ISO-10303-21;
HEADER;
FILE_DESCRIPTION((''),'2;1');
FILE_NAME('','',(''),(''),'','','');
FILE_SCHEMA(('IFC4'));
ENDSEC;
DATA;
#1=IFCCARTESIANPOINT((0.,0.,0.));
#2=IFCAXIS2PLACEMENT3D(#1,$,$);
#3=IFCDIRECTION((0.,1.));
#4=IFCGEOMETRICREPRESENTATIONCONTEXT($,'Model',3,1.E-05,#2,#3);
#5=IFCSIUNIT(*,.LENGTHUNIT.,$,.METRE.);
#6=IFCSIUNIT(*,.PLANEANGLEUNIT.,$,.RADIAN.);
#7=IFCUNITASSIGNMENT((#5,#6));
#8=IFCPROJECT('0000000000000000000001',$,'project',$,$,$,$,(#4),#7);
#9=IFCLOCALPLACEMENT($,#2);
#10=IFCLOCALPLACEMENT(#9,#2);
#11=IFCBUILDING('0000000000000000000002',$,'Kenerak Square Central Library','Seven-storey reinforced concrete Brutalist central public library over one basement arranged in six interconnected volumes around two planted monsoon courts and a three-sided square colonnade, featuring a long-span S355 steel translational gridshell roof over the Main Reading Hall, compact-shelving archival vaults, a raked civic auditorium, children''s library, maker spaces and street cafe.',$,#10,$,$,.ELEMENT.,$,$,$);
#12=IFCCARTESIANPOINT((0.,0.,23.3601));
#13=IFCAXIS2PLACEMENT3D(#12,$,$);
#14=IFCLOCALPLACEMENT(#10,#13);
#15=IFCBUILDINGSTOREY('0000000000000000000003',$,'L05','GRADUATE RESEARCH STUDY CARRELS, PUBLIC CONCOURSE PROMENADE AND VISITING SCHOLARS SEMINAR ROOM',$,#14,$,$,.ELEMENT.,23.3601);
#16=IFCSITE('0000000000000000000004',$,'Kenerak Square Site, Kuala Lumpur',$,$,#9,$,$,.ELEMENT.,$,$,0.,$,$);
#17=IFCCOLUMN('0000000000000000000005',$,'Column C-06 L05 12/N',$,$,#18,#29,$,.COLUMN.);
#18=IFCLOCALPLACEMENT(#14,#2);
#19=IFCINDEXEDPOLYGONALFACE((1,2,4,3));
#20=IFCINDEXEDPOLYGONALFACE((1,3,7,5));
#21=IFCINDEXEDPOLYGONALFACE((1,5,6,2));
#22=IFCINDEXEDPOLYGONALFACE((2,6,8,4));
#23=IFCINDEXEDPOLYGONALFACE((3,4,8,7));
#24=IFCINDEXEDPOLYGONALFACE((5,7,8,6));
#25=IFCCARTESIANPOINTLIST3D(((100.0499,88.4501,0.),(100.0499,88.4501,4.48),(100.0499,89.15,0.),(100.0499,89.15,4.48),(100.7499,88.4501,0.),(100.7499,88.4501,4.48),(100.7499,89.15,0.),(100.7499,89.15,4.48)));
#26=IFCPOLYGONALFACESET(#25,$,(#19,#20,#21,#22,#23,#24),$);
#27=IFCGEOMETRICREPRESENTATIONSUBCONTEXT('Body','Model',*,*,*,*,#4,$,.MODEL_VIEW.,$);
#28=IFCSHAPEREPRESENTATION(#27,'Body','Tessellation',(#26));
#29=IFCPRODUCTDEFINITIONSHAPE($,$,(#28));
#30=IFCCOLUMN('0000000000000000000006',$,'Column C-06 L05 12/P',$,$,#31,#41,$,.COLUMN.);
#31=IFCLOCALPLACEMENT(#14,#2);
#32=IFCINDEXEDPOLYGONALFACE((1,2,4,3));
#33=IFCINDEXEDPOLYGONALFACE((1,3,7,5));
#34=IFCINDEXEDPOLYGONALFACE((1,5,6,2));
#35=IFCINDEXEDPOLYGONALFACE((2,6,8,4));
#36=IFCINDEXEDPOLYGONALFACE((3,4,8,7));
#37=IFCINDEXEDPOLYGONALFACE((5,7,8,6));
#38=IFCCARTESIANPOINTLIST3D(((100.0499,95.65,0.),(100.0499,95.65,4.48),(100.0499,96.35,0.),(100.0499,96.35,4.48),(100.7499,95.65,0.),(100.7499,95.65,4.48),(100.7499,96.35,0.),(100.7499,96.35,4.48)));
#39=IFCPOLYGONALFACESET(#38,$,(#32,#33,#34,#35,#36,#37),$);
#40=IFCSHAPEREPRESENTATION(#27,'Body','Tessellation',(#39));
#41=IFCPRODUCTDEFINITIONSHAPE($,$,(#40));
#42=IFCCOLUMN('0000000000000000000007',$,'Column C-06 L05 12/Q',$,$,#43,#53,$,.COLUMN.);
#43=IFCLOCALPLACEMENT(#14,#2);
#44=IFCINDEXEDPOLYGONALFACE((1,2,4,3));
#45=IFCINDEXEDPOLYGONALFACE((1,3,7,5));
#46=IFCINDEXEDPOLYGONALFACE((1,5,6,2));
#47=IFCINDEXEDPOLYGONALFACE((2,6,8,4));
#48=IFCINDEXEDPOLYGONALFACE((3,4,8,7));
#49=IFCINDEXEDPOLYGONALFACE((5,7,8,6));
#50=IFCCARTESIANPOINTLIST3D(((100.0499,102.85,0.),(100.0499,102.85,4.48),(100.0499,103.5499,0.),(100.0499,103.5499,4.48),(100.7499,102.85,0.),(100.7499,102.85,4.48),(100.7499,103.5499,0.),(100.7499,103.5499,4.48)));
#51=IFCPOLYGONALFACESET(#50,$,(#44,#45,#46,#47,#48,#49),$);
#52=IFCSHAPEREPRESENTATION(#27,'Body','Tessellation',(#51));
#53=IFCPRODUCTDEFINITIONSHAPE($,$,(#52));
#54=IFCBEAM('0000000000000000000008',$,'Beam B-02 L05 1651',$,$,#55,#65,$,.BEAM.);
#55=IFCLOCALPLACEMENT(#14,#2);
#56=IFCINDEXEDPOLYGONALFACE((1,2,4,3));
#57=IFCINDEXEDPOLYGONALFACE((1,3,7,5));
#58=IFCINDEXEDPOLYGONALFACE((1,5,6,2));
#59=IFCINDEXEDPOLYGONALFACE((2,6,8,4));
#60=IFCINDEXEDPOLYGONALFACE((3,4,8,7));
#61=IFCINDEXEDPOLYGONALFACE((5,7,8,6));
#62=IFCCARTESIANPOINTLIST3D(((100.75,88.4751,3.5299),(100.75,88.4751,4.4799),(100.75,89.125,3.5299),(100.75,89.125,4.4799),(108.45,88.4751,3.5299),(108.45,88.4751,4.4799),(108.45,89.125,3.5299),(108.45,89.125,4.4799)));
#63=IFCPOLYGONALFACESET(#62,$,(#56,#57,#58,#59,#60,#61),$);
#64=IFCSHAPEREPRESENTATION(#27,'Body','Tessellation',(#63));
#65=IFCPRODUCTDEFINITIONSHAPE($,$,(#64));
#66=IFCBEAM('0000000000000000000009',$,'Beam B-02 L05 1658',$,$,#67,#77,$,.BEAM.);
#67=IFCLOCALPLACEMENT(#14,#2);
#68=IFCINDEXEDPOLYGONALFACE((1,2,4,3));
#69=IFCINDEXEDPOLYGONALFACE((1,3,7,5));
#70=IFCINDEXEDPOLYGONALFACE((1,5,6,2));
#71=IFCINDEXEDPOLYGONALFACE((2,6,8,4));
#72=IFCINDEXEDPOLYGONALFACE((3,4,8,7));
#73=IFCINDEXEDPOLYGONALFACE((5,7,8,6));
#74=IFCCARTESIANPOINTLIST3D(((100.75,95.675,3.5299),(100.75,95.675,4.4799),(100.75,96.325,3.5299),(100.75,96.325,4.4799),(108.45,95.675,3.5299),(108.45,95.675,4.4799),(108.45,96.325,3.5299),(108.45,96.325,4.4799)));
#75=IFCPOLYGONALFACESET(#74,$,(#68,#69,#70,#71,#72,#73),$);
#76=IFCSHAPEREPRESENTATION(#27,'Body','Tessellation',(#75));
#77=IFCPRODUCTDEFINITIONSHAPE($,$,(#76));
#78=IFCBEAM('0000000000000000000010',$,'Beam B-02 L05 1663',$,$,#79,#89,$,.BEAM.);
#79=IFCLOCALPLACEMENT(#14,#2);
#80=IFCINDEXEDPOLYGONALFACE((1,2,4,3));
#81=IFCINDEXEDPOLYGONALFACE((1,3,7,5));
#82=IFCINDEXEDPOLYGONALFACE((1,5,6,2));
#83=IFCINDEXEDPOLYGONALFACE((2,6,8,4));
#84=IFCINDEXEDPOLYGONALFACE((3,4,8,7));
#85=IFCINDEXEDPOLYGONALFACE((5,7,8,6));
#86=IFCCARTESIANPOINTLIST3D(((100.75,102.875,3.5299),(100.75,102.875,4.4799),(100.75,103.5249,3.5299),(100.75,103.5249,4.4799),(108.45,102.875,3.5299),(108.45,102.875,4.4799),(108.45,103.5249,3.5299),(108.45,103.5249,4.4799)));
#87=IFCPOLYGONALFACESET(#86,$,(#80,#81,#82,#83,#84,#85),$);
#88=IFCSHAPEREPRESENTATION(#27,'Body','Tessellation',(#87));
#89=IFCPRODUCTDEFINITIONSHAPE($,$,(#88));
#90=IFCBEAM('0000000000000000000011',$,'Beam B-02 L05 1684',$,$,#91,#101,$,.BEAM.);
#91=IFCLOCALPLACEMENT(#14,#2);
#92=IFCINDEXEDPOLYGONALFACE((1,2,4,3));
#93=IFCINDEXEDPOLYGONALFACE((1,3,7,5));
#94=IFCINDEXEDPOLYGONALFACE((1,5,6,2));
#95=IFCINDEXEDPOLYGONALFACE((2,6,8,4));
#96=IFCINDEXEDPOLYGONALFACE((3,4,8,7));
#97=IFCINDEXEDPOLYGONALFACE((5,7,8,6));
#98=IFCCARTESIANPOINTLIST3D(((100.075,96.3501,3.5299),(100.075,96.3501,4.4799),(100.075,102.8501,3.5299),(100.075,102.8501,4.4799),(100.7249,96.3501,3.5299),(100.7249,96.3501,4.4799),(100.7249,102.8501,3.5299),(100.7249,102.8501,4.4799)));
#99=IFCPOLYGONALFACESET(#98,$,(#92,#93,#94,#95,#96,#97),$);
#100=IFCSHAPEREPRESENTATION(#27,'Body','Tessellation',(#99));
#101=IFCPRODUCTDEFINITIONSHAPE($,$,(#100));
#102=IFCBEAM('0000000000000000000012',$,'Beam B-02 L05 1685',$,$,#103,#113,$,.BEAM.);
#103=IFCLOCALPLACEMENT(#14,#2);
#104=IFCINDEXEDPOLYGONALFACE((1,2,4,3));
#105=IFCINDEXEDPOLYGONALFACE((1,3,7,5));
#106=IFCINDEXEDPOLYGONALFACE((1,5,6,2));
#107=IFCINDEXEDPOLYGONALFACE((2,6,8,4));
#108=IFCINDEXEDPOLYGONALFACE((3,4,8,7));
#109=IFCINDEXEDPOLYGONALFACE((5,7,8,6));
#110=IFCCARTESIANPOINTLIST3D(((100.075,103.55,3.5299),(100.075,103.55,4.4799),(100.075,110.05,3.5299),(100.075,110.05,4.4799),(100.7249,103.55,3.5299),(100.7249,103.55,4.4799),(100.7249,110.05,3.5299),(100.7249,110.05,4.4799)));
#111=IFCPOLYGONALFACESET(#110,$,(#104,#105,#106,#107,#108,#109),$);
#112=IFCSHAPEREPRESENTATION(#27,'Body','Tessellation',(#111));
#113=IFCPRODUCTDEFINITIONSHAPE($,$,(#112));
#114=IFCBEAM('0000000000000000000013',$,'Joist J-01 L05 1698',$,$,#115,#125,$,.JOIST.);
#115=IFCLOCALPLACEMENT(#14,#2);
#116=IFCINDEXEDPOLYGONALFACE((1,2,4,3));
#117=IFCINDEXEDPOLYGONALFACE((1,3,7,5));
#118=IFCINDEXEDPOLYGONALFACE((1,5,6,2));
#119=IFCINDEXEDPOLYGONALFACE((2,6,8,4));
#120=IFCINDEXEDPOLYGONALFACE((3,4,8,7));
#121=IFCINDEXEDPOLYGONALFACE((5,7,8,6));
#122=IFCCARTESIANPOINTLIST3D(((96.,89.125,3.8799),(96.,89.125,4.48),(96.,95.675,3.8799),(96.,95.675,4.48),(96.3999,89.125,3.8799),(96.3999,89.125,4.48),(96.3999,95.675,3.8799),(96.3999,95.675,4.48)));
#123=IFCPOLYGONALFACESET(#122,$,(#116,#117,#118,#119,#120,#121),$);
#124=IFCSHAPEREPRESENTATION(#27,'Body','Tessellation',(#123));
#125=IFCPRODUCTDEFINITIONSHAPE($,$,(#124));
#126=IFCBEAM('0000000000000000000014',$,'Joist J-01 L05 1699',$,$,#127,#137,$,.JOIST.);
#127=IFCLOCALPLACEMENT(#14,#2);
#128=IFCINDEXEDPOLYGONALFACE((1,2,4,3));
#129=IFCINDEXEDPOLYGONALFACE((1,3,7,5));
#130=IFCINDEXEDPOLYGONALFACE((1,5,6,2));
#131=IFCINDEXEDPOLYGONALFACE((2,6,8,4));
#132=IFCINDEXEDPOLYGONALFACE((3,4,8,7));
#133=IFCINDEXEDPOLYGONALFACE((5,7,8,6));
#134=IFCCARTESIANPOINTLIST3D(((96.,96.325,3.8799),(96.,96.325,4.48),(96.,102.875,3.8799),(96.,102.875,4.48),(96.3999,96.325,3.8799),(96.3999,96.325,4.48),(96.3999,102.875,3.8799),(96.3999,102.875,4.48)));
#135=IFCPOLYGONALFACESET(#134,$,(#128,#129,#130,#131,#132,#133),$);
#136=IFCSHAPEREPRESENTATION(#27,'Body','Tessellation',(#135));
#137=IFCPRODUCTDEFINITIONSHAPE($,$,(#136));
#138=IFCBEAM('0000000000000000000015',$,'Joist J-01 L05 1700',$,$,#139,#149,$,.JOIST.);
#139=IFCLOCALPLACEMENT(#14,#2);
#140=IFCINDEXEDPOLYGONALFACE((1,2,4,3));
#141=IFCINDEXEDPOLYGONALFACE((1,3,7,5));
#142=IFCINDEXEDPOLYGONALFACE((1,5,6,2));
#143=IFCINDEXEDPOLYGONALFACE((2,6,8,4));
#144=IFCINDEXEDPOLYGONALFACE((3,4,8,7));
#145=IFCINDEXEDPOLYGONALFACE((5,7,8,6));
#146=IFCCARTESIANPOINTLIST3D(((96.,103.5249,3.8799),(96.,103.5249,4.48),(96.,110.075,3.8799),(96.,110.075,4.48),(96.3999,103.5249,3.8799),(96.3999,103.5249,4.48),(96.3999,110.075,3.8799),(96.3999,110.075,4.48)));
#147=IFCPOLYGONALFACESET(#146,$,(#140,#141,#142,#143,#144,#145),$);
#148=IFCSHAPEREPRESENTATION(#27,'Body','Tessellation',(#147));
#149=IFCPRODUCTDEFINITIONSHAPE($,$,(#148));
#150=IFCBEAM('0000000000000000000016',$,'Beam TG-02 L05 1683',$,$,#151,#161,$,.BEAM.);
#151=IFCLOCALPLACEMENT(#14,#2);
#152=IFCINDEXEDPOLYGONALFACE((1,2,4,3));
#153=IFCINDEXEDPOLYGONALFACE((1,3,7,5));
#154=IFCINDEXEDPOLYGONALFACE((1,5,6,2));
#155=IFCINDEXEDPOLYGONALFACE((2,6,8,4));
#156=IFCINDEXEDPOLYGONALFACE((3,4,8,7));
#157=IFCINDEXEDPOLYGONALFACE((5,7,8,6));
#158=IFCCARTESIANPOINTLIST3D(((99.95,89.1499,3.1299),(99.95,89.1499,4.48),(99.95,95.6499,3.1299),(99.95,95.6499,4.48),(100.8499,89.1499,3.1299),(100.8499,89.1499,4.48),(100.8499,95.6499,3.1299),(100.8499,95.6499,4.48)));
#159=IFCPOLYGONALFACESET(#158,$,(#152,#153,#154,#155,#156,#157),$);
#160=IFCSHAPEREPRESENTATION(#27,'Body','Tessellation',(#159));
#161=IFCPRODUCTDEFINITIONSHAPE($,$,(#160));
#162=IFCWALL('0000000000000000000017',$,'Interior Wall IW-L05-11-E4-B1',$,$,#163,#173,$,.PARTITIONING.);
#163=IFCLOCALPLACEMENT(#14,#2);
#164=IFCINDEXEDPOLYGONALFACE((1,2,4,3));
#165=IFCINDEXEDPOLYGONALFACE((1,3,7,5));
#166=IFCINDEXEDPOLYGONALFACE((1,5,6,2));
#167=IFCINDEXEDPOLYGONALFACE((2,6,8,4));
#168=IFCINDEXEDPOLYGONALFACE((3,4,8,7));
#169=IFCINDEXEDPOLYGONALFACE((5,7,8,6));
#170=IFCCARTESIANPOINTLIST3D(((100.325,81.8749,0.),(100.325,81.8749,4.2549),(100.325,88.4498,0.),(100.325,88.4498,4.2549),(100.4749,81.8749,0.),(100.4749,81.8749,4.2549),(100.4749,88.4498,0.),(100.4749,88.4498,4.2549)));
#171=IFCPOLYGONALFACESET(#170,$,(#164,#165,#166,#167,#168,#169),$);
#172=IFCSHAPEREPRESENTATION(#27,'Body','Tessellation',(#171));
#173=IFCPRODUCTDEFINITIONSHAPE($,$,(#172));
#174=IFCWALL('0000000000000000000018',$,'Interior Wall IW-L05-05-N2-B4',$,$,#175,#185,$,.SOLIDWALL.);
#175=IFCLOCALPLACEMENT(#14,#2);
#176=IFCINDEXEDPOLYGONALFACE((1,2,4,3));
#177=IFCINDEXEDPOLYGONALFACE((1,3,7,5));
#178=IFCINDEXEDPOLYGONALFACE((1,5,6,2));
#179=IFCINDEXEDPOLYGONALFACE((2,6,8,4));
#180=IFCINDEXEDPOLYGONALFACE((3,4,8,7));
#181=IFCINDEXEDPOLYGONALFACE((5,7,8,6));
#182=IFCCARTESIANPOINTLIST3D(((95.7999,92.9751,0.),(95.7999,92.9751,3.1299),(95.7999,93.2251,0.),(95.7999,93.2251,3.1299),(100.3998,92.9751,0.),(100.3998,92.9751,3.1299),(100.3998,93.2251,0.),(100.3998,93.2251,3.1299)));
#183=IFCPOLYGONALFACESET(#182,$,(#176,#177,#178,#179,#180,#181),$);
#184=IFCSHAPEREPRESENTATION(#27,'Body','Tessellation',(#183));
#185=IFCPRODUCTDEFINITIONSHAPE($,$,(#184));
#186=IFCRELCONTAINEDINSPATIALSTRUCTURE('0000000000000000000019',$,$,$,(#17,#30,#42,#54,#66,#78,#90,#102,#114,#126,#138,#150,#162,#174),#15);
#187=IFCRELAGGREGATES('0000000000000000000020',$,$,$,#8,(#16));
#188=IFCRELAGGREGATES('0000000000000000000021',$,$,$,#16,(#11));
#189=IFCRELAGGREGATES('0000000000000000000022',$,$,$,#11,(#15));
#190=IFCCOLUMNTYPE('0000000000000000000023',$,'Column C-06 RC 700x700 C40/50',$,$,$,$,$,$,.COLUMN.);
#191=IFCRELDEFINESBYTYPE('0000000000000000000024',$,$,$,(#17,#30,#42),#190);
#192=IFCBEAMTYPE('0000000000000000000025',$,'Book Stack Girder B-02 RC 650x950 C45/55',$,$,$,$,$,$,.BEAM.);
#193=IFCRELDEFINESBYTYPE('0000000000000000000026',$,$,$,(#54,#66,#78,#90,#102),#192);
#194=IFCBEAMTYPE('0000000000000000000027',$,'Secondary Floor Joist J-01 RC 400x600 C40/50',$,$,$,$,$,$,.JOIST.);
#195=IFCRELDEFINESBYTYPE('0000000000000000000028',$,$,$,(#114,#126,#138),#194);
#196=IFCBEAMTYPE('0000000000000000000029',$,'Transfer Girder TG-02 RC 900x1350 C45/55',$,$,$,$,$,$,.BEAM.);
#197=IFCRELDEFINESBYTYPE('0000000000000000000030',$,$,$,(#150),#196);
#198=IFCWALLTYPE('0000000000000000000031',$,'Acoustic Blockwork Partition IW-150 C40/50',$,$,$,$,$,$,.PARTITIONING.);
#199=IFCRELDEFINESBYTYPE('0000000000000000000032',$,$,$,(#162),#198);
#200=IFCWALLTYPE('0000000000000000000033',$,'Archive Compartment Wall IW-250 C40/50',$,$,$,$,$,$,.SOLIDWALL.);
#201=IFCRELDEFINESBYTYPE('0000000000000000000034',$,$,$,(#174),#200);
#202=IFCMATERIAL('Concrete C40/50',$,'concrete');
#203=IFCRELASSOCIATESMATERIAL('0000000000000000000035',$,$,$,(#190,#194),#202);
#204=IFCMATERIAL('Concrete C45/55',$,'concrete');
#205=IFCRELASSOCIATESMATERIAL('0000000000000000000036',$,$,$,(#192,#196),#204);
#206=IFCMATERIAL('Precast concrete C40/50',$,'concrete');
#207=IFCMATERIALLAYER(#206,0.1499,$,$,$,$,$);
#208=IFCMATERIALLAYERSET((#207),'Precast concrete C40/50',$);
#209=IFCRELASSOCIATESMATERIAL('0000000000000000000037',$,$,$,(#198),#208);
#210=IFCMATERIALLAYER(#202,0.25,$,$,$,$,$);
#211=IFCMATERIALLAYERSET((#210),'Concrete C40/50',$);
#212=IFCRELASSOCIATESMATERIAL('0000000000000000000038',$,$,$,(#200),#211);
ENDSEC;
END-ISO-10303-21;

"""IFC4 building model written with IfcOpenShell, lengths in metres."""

from ifc_helpers import new_model, si_unit, direction, frame, frame_2d, origin, origin_2d, place, context, subcontext, project, spatial, rectangle, extrude, material, layer, layer_set, material_profile, profile_set, type_object, element, save


model = new_model("IFC4")

# Units and contexts
model_context = context("Model", 3, precision=1e-05, world=origin(), true_north=direction((0.0, 1.0)))
body_context = subcontext(model_context, "Body", "Model", "MODEL_VIEW")
ifc_project = project(units=[si_unit("LENGTHUNIT", "METRE"), si_unit("PLANEANGLEUNIT", "RADIAN")], contexts=[model_context])

# Site, building, storey
site_placement = place(None, origin())
site = spatial("IfcSite", under=ifc_project, at=site_placement, Name="Kenerak Square Site, Kuala Lumpur", CompositionType="ELEMENT", RefElevation=0.0)
building_placement = place(site_placement, origin())
building = spatial("IfcBuilding", under=site, at=building_placement, Name="Kenerak Square Central Library", Description="Seven-storey reinforced concrete Brutalist central public library over one basement arranged in six interconnected volumes around two planted monsoon courts and a three-sided square colonnade, featuring a long-span S355 steel translational gridshell roof over the Main Reading Hall, compact-shelving archival vaults, a raked civic auditorium, children's library, maker spaces and street cafe.", CompositionType="ELEMENT")
storey_placement = place(building_placement, frame((0.0, 0.0, 23.3601)))
storey = spatial("IfcBuildingStorey", under=building, at=storey_placement, Name="L05", Description="GRADUATE RESEARCH STUDY CARRELS, PUBLIC CONCOURSE PROMENADE AND VISITING SCHOLARS SEMINAR ROOM", CompositionType="ELEMENT", Elevation=23.3601)

# Columns
ifc_material_1 = material(Name="Concrete C40/50", Category="concrete")
ifc_material_profile_1 = material_profile(ifc_material_1, rectangle(XDim=0.7, YDim=0.7, at=origin_2d()), Name="RC 700x700")
ifc_profile_set_1 = profile_set([ifc_material_profile_1], Name="Concrete C40/50")
column_type = type_object("IfcColumnType", Name="Column C-06 RC 700x700 C40/50", PredefinedType="COLUMN", material=ifc_profile_set_1)
for number, where, z_axis, x_axis, name in (
    (1, (100.3999, 88.8, 0.0), (0.0, 0.0, 1.0), (1.0, 0.0, 0.0), "Column C-06 L05 12/N"),
    (2, (100.3999, 96.0, 0.0), (0.0, 0.0, 1.0), (1.0, 0.0, 0.0), "Column C-06 L05 12/P"),
    (3, (100.3999, 103.2, 0.0), (0.0, 0.0, 1.0), (1.0, 0.0, 0.0), "Column C-06 L05 12/Q"),
):
    element("IfcColumn", number, at=place(storey_placement, frame(where, z_axis=z_axis, x_axis=x_axis)), inside=storey, type_object=column_type, Name=name, PredefinedType="COLUMN", context=body_context, shape_type="SweptSolid", body=[
        extrude(rectangle(XDim=0.7, YDim=0.7, at=origin_2d()), origin(), (0.0, 0.0, 1.0), 4.48),
    ])

# Beams
ifc_material_2 = material(Name="Concrete C45/55", Category="concrete")
ifc_material_profile_2 = material_profile(ifc_material_2, rectangle(XDim=0.6499, YDim=0.95, at=origin_2d()), Name="RC 650x950")
ifc_profile_set_2 = profile_set([ifc_material_profile_2], Name="Concrete C45/55")
beam_type_1 = type_object("IfcBeamType", Name="Book Stack Girder B-02 RC 650x950 C45/55", PredefinedType="BEAM", material=ifc_profile_set_2)
for number, where, z_axis, x_axis, name in (
    (4, (100.75, 88.8, 4.0049), (1.0, 0.0, 0.0), (0.0, 1.0, 0.0), "Beam B-02 L05 1651"),
    (5, (100.75, 96.0, 4.0049), (1.0, 0.0, 0.0), (0.0, 1.0, 0.0), "Beam B-02 L05 1658"),
    (6, (100.75, 103.2, 4.0049), (1.0, 0.0, 0.0), (0.0, 1.0, 0.0), "Beam B-02 L05 1663"),
):
    element("IfcBeam", number, at=place(storey_placement, frame(where, z_axis=z_axis, x_axis=x_axis)), inside=storey, type_object=beam_type_1, Name=name, PredefinedType="BEAM", context=body_context, shape_type="SweptSolid", body=[
        extrude(rectangle(XDim=0.6499, YDim=0.95, at=origin_2d()), origin(), (0.0, 0.0, 1.0), 7.7),
    ])
for number, where, z_axis, x_axis, name in (
    (7, (100.3999, 96.3501, 4.0049), (0.0, 1.0, 0.0), (-1.0, 0.0, 0.0), "Beam B-02 L05 1684"),
    (8, (100.3999, 103.55, 4.0049), (0.0, 1.0, 0.0), (-1.0, 0.0, 0.0), "Beam B-02 L05 1685"),
):
    element("IfcBeam", number, at=place(storey_placement, frame(where, z_axis=z_axis, x_axis=x_axis)), inside=storey, type_object=beam_type_1, Name=name, PredefinedType="BEAM", context=body_context, shape_type="SweptSolid", body=[
        extrude(rectangle(XDim=0.6499, YDim=0.95, at=origin_2d()), origin(), (0.0, 0.0, 1.0), 6.5),
    ])
ifc_material_profile_3 = material_profile(ifc_material_1, rectangle(XDim=0.3999, YDim=0.6001, at=origin_2d()), Name="RC 400x600")
ifc_profile_set_3 = profile_set([ifc_material_profile_3], Name="Concrete C40/50")
beam_type_2 = type_object("IfcBeamType", Name="Secondary Floor Joist J-01 RC 400x600 C40/50", PredefinedType="JOIST", material=ifc_profile_set_3)
for number, where, z_axis, x_axis, name in (
    (9, (96.2, 89.125, 4.1799), (0.0, 1.0, 0.0), (-1.0, 0.0, 0.0), "Joist J-01 L05 1698"),
    (10, (96.2, 96.325, 4.1799), (0.0, 1.0, 0.0), (-1.0, 0.0, 0.0), "Joist J-01 L05 1699"),
    (11, (96.2, 103.5249, 4.1799), (0.0, 1.0, 0.0), (-1.0, 0.0, 0.0), "Joist J-01 L05 1700"),
):
    element("IfcBeam", number, at=place(storey_placement, frame(where, z_axis=z_axis, x_axis=x_axis)), inside=storey, type_object=beam_type_2, Name=name, PredefinedType="JOIST", context=body_context, shape_type="SweptSolid", body=[
        extrude(rectangle(XDim=0.3999, YDim=0.6001, at=origin_2d()), origin(), (0.0, 0.0, 1.0), 6.55),
    ])
ifc_material_profile_4 = material_profile(ifc_material_2, rectangle(XDim=0.8999, YDim=1.3501, at=origin_2d()), Name="RC 900x1350")
ifc_profile_set_4 = profile_set([ifc_material_profile_4], Name="Concrete C45/55")
beam_type_3 = type_object("IfcBeamType", Name="Transfer Girder TG-02 RC 900x1350 C45/55", PredefinedType="BEAM", material=ifc_profile_set_4)
beam_placement = place(storey_placement, frame((100.3999, 89.1499, 3.8049), z_axis=(0.0, 1.0, 0.0), x_axis=(-1.0, 0.0, 0.0)))
element("IfcBeam", 12, at=beam_placement, inside=storey, type_object=beam_type_3, Name="Beam TG-02 L05 1683", PredefinedType="BEAM", context=body_context, shape_type="SweptSolid", body=[
    extrude(rectangle(XDim=0.8999, YDim=1.3501, at=origin_2d()), origin(), (0.0, 0.0, 1.0), 6.5),
])

# Walls
ifc_material_3 = material(Name="Precast concrete C40/50", Category="concrete")
ifc_layer_1 = layer(ifc_material_3, 0.1499)
ifc_layer_set_1 = layer_set([ifc_layer_1], Name="Precast concrete C40/50")
wall_type_1 = type_object("IfcWallType", Name="Acoustic Blockwork Partition IW-150 C40/50", PredefinedType="PARTITIONING", material=ifc_layer_set_1)
wall_1_placement = place(storey_placement, frame((100.3999, 88.45, 0.0), z_axis=(0.0, 0.0, 1.0), x_axis=(0.0, -1.0, 0.0)))
element("IfcWall", 13, at=wall_1_placement, inside=storey, type_object=wall_type_1, Name="Interior Wall IW-L05-11-E4-B1", PredefinedType="PARTITIONING", context=body_context, shape_type="SweptSolid", body=[
    extrude(rectangle(XDim=6.575, YDim=0.1499, at=frame_2d((3.2876, 0.0))), origin(), (0.0, 0.0, 1.0), 4.2549),
])
ifc_layer_2 = layer(ifc_material_1, 0.25)
ifc_layer_set_2 = layer_set([ifc_layer_2], Name="Concrete C40/50")
wall_type_2 = type_object("IfcWallType", Name="Archive Compartment Wall IW-250 C40/50", PredefinedType="SOLIDWALL", material=ifc_layer_set_2)
wall_2_placement = place(storey_placement, frame((95.8, 93.1001, 0.0), z_axis=(0.0, 0.0, 1.0), x_axis=(1.0, 0.0, 0.0)))
element("IfcWall", 14, at=wall_2_placement, inside=storey, type_object=wall_type_2, Name="Interior Wall IW-L05-05-N2-B4", PredefinedType="SOLIDWALL", context=body_context, shape_type="SweptSolid", body=[
    extrude(rectangle(XDim=4.5999, YDim=0.25, at=frame_2d((2.2998, 0.0))), origin(), (0.0, 0.0, 1.0), 3.1299),
])

save(model, "model.ifc")
